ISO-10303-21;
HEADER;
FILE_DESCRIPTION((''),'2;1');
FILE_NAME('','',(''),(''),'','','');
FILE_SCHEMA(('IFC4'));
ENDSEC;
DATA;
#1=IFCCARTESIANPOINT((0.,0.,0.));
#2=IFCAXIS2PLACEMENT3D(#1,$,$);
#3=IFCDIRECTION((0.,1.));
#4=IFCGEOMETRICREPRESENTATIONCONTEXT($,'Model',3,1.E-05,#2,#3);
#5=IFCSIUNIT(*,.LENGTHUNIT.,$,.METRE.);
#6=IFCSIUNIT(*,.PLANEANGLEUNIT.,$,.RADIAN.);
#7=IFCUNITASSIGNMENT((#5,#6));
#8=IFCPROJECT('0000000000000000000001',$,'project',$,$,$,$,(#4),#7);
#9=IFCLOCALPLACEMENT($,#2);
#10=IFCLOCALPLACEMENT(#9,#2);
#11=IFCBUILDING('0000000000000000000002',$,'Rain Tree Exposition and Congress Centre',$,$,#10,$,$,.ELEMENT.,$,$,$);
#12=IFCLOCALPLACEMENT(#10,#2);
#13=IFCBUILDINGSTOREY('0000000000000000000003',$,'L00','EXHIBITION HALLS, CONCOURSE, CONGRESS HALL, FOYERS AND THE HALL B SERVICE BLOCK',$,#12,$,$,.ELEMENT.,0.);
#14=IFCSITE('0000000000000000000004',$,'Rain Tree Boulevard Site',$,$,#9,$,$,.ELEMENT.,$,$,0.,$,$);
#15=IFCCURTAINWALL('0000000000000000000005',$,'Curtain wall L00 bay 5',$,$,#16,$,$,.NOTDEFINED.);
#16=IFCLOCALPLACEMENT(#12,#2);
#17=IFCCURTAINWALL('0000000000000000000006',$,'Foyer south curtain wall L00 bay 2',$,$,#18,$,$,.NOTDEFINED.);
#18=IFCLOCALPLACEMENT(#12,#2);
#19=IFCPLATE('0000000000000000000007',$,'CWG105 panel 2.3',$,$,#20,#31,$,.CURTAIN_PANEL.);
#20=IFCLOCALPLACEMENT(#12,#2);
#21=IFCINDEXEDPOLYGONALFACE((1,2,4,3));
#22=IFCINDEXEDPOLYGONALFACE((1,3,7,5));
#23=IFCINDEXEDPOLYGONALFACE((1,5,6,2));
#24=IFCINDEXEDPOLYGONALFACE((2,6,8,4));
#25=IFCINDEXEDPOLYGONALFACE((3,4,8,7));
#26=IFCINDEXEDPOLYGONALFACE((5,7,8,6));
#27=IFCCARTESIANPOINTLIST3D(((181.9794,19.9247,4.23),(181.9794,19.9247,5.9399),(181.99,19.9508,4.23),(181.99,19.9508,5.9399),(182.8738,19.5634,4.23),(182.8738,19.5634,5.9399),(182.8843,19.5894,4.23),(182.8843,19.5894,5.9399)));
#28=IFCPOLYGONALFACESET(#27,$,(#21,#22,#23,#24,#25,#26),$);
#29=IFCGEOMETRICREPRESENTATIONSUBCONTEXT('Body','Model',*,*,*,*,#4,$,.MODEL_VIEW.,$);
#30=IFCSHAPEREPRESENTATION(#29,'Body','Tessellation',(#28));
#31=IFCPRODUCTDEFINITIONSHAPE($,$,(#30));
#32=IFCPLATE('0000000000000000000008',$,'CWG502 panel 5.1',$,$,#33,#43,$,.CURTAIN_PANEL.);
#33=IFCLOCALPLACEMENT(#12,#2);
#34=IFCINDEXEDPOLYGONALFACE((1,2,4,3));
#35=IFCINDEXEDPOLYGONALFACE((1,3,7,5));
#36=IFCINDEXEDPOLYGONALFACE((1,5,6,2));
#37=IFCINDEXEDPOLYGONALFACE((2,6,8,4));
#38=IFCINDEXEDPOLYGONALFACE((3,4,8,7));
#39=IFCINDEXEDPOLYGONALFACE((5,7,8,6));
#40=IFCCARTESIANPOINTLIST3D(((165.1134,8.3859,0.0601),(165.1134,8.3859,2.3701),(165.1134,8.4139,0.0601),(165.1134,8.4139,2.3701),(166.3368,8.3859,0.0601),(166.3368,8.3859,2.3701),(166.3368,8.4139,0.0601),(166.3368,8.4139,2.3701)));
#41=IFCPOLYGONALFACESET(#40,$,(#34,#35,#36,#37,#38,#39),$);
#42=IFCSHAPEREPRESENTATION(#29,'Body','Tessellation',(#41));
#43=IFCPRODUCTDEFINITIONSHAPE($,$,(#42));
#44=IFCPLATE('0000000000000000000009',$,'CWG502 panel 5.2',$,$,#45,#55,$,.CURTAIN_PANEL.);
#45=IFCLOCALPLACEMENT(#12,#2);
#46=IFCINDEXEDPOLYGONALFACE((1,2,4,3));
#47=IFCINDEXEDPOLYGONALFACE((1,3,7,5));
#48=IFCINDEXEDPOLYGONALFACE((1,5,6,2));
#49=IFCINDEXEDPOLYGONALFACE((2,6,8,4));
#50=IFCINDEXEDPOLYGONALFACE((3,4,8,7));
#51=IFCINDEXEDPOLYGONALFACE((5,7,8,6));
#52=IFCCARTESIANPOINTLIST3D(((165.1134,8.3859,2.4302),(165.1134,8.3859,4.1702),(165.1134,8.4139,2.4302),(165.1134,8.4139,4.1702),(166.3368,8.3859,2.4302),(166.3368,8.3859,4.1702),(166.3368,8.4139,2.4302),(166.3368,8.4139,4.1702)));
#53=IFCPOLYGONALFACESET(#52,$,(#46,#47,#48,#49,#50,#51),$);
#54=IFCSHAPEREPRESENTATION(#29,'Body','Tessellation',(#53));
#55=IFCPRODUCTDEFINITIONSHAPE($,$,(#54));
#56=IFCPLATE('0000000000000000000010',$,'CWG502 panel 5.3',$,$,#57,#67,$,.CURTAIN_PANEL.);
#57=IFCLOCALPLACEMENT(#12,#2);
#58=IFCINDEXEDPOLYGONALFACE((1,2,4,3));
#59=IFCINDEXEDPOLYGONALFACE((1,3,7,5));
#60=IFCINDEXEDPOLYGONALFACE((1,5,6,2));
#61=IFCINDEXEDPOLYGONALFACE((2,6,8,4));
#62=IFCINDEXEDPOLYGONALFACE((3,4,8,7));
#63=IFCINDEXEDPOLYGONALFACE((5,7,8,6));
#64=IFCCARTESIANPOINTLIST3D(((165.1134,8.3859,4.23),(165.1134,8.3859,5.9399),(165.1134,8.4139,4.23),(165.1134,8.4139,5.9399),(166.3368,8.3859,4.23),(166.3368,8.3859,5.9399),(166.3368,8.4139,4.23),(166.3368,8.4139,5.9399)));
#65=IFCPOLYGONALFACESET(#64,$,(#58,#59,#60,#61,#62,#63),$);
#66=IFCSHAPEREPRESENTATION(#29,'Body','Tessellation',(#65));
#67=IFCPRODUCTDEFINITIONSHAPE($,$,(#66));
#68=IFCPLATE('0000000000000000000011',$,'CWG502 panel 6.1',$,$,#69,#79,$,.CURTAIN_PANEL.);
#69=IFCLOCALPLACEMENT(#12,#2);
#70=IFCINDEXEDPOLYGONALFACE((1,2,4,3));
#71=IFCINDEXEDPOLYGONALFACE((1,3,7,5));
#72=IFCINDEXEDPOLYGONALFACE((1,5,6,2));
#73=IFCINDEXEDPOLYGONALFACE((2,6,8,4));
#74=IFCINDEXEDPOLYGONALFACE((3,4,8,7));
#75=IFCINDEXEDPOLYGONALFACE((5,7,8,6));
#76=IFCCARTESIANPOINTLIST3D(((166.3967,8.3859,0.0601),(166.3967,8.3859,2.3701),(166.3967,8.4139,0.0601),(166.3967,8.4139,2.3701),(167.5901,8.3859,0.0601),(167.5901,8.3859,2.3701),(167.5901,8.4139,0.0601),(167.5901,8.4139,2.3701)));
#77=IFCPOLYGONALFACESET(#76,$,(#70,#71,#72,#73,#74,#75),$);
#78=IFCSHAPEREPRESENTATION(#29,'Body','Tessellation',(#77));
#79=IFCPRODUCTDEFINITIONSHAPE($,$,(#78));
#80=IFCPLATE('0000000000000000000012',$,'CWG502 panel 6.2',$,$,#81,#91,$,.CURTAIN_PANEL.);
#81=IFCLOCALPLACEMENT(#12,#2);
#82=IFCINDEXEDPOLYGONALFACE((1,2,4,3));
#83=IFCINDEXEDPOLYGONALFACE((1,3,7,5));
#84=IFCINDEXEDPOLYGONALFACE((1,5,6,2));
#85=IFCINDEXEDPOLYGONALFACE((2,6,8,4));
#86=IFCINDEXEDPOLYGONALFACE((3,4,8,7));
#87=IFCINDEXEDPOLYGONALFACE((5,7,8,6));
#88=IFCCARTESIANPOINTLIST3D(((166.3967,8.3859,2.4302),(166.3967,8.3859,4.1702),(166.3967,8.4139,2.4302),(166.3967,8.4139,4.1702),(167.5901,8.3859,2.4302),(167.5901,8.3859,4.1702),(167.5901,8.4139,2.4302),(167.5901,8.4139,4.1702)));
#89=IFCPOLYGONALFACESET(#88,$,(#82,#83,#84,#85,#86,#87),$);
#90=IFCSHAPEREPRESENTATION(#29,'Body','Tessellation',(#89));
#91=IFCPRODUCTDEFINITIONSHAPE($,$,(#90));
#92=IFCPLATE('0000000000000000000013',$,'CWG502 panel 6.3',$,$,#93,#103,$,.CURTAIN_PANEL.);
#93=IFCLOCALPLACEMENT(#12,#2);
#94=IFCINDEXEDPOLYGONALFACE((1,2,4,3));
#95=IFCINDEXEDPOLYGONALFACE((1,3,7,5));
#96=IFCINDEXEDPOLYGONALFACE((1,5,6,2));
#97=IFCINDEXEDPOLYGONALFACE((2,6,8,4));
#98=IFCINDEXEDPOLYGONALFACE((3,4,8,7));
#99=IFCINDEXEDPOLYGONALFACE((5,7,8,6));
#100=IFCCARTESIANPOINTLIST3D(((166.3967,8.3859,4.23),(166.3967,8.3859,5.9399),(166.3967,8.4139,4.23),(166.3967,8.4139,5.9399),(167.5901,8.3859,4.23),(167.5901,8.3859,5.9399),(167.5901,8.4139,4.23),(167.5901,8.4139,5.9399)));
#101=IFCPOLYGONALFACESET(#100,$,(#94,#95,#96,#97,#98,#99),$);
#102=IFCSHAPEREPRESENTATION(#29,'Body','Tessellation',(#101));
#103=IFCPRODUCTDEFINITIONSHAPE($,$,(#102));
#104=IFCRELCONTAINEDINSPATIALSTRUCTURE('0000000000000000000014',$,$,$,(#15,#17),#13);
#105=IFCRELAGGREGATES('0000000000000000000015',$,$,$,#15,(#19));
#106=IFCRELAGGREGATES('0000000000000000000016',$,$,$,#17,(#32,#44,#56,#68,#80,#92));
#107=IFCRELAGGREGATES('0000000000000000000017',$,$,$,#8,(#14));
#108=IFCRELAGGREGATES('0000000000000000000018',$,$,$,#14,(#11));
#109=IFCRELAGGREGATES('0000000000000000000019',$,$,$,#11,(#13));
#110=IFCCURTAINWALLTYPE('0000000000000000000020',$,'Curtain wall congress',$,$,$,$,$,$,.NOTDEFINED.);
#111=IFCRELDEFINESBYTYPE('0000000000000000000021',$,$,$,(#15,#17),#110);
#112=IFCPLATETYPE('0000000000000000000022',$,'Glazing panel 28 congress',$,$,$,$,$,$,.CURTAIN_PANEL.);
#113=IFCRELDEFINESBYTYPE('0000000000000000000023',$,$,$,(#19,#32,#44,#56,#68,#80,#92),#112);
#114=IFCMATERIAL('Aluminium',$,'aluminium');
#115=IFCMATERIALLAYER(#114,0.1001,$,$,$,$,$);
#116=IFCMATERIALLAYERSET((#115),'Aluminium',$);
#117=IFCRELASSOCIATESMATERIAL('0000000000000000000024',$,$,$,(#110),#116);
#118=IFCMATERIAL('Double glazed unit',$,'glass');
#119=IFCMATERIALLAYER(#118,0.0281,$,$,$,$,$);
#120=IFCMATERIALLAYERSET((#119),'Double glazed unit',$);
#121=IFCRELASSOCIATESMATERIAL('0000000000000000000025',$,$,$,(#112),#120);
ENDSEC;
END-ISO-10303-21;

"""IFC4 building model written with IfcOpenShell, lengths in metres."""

from ifc_helpers import new_model, si_unit, direction, frame, origin, origin_2d, place, context, subcontext, project, spatial, rectangle, extrude, material, layer, layer_set, type_object, element, aggregate, save


model = new_model("IFC4")

# Units and contexts
model_context = context("Model", 3, precision=1e-05, world=origin(), true_north=direction((0.0, 1.0)))
body_context = subcontext(model_context, "Body", "Model", "MODEL_VIEW")
ifc_project = project(units=[si_unit("LENGTHUNIT", "METRE"), si_unit("PLANEANGLEUNIT", "RADIAN")], contexts=[model_context])

# Site, building, storey
site_placement = place(None, origin())
site = spatial("IfcSite", under=ifc_project, at=site_placement, Name="Rain Tree Boulevard Site", CompositionType="ELEMENT", RefElevation=0.0)
building_placement = place(site_placement, origin())
building = spatial("IfcBuilding", under=site, at=building_placement, Name="Rain Tree Exposition and Congress Centre", CompositionType="ELEMENT")
storey_placement = place(building_placement, origin())
storey = spatial("IfcBuildingStorey", under=building, at=storey_placement, Name="L00", Description="EXHIBITION HALLS, CONCOURSE, CONGRESS HALL, FOYERS AND THE HALL B SERVICE BLOCK", CompositionType="ELEMENT", Elevation=0.0)

# Curtain walls
ifc_material_1 = material(Name="Aluminium", Category="aluminium")
ifc_layer_1 = layer(ifc_material_1, 0.1001)
ifc_layer_set_1 = layer_set([ifc_layer_1], Name="Aluminium")
curtain_wall_type = type_object("IfcCurtainWallType", Name="Curtain wall congress", PredefinedType="NOTDEFINED", material=ifc_layer_set_1)
curtain_wall_1_placement = place(storey_placement, origin())
curtain_wall_1 = element("IfcCurtainWall", 1, at=curtain_wall_1_placement, inside=storey, type_object=curtain_wall_type, Name="Curtain wall L00 bay 5", PredefinedType="NOTDEFINED")
curtain_wall_2_placement = place(storey_placement, origin())
curtain_wall_2 = element("IfcCurtainWall", 2, at=curtain_wall_2_placement, inside=storey, type_object=curtain_wall_type, Name="Foyer south curtain wall L00 bay 2", PredefinedType="NOTDEFINED")

# Plates
ifc_material_2 = material(Name="Double glazed unit", Category="glass")
ifc_layer_2 = layer(ifc_material_2, 0.0281)
ifc_layer_set_2 = layer_set([ifc_layer_2], Name="Double glazed unit")
plate_type = type_object("IfcPlateType", Name="Glazing panel 28 congress", PredefinedType="CURTAIN_PANEL", material=ifc_layer_set_2)
plate_1_placement = place(storey_placement, frame((182.4319, 19.7571, 4.23), z_axis=(0.0, 0.0, 1.0), x_axis=(0.927188, -0.374597, 0.0)))
plate_1 = element("IfcPlate", 3, at=plate_1_placement, type_object=plate_type, Name="CWG105 panel 2.3", PredefinedType="CURTAIN_PANEL", context=body_context, shape_type="SweptSolid", body=[
    extrude(rectangle(XDim=0.9646, YDim=0.0281, at=origin_2d()), origin(), (0.0, 0.0, 1.0), 1.71),
])
aggregate(curtain_wall_1, [plate_1])
plate_2_placement = place(storey_placement, frame((165.7251, 8.3999, 0.0601), z_axis=(0.0, 0.0, 1.0), x_axis=(1.0, 0.0, 0.0)))
plate_2 = element("IfcPlate", 4, at=plate_2_placement, type_object=plate_type, Name="CWG502 panel 5.1", PredefinedType="CURTAIN_PANEL", context=body_context, shape_type="SweptSolid", body=[
    extrude(rectangle(XDim=1.2234, YDim=0.0281, at=origin_2d()), origin(), (0.0, 0.0, 1.0), 2.3101),
])
plate_3_placement = place(storey_placement, frame((165.7251, 8.3999, 2.4302), z_axis=(0.0, 0.0, 1.0), x_axis=(1.0, 0.0, 0.0)))
plate_3 = element("IfcPlate", 5, at=plate_3_placement, type_object=plate_type, Name="CWG502 panel 5.2", PredefinedType="CURTAIN_PANEL", context=body_context, shape_type="SweptSolid", body=[
    extrude(rectangle(XDim=1.2234, YDim=0.0281, at=origin_2d()), origin(), (0.0, 0.0, 1.0), 1.74),
])
plate_4_placement = place(storey_placement, frame((165.7251, 8.3999, 4.23), z_axis=(0.0, 0.0, 1.0), x_axis=(1.0, 0.0, 0.0)))
plate_4 = element("IfcPlate", 6, at=plate_4_placement, type_object=plate_type, Name="CWG502 panel 5.3", PredefinedType="CURTAIN_PANEL", context=body_context, shape_type="SweptSolid", body=[
    extrude(rectangle(XDim=1.2234, YDim=0.0281, at=origin_2d()), origin(), (0.0, 0.0, 1.0), 1.71),
])
plate_5_placement = place(storey_placement, frame((166.9934, 8.3999, 0.0601), z_axis=(0.0, 0.0, 1.0), x_axis=(1.0, 0.0, 0.0)))
plate_5 = element("IfcPlate", 7, at=plate_5_placement, type_object=plate_type, Name="CWG502 panel 6.1", PredefinedType="CURTAIN_PANEL", context=body_context, shape_type="SweptSolid", body=[
    extrude(rectangle(XDim=1.1934, YDim=0.0281, at=origin_2d()), origin(), (0.0, 0.0, 1.0), 2.3101),
])
plate_6_placement = place(storey_placement, frame((166.9934, 8.3999, 2.4302), z_axis=(0.0, 0.0, 1.0), x_axis=(1.0, 0.0, 0.0)))
plate_6 = element("IfcPlate", 8, at=plate_6_placement, type_object=plate_type, Name="CWG502 panel 6.2", PredefinedType="CURTAIN_PANEL", context=body_context, shape_type="SweptSolid", body=[
    extrude(rectangle(XDim=1.1934, YDim=0.0281, at=origin_2d()), origin(), (0.0, 0.0, 1.0), 1.74),
])
plate_7_placement = place(storey_placement, frame((166.9934, 8.3999, 4.23), z_axis=(0.0, 0.0, 1.0), x_axis=(1.0, 0.0, 0.0)))
plate_7 = element("IfcPlate", 9, at=plate_7_placement, type_object=plate_type, Name="CWG502 panel 6.3", PredefinedType="CURTAIN_PANEL", context=body_context, shape_type="SweptSolid", body=[
    extrude(rectangle(XDim=1.1934, YDim=0.0281, at=origin_2d()), origin(), (0.0, 0.0, 1.0), 1.71),
])
aggregate(curtain_wall_2, [plate_2, plate_3, plate_4, plate_5, plate_6, plate_7])

save(model, "model.ifc")
